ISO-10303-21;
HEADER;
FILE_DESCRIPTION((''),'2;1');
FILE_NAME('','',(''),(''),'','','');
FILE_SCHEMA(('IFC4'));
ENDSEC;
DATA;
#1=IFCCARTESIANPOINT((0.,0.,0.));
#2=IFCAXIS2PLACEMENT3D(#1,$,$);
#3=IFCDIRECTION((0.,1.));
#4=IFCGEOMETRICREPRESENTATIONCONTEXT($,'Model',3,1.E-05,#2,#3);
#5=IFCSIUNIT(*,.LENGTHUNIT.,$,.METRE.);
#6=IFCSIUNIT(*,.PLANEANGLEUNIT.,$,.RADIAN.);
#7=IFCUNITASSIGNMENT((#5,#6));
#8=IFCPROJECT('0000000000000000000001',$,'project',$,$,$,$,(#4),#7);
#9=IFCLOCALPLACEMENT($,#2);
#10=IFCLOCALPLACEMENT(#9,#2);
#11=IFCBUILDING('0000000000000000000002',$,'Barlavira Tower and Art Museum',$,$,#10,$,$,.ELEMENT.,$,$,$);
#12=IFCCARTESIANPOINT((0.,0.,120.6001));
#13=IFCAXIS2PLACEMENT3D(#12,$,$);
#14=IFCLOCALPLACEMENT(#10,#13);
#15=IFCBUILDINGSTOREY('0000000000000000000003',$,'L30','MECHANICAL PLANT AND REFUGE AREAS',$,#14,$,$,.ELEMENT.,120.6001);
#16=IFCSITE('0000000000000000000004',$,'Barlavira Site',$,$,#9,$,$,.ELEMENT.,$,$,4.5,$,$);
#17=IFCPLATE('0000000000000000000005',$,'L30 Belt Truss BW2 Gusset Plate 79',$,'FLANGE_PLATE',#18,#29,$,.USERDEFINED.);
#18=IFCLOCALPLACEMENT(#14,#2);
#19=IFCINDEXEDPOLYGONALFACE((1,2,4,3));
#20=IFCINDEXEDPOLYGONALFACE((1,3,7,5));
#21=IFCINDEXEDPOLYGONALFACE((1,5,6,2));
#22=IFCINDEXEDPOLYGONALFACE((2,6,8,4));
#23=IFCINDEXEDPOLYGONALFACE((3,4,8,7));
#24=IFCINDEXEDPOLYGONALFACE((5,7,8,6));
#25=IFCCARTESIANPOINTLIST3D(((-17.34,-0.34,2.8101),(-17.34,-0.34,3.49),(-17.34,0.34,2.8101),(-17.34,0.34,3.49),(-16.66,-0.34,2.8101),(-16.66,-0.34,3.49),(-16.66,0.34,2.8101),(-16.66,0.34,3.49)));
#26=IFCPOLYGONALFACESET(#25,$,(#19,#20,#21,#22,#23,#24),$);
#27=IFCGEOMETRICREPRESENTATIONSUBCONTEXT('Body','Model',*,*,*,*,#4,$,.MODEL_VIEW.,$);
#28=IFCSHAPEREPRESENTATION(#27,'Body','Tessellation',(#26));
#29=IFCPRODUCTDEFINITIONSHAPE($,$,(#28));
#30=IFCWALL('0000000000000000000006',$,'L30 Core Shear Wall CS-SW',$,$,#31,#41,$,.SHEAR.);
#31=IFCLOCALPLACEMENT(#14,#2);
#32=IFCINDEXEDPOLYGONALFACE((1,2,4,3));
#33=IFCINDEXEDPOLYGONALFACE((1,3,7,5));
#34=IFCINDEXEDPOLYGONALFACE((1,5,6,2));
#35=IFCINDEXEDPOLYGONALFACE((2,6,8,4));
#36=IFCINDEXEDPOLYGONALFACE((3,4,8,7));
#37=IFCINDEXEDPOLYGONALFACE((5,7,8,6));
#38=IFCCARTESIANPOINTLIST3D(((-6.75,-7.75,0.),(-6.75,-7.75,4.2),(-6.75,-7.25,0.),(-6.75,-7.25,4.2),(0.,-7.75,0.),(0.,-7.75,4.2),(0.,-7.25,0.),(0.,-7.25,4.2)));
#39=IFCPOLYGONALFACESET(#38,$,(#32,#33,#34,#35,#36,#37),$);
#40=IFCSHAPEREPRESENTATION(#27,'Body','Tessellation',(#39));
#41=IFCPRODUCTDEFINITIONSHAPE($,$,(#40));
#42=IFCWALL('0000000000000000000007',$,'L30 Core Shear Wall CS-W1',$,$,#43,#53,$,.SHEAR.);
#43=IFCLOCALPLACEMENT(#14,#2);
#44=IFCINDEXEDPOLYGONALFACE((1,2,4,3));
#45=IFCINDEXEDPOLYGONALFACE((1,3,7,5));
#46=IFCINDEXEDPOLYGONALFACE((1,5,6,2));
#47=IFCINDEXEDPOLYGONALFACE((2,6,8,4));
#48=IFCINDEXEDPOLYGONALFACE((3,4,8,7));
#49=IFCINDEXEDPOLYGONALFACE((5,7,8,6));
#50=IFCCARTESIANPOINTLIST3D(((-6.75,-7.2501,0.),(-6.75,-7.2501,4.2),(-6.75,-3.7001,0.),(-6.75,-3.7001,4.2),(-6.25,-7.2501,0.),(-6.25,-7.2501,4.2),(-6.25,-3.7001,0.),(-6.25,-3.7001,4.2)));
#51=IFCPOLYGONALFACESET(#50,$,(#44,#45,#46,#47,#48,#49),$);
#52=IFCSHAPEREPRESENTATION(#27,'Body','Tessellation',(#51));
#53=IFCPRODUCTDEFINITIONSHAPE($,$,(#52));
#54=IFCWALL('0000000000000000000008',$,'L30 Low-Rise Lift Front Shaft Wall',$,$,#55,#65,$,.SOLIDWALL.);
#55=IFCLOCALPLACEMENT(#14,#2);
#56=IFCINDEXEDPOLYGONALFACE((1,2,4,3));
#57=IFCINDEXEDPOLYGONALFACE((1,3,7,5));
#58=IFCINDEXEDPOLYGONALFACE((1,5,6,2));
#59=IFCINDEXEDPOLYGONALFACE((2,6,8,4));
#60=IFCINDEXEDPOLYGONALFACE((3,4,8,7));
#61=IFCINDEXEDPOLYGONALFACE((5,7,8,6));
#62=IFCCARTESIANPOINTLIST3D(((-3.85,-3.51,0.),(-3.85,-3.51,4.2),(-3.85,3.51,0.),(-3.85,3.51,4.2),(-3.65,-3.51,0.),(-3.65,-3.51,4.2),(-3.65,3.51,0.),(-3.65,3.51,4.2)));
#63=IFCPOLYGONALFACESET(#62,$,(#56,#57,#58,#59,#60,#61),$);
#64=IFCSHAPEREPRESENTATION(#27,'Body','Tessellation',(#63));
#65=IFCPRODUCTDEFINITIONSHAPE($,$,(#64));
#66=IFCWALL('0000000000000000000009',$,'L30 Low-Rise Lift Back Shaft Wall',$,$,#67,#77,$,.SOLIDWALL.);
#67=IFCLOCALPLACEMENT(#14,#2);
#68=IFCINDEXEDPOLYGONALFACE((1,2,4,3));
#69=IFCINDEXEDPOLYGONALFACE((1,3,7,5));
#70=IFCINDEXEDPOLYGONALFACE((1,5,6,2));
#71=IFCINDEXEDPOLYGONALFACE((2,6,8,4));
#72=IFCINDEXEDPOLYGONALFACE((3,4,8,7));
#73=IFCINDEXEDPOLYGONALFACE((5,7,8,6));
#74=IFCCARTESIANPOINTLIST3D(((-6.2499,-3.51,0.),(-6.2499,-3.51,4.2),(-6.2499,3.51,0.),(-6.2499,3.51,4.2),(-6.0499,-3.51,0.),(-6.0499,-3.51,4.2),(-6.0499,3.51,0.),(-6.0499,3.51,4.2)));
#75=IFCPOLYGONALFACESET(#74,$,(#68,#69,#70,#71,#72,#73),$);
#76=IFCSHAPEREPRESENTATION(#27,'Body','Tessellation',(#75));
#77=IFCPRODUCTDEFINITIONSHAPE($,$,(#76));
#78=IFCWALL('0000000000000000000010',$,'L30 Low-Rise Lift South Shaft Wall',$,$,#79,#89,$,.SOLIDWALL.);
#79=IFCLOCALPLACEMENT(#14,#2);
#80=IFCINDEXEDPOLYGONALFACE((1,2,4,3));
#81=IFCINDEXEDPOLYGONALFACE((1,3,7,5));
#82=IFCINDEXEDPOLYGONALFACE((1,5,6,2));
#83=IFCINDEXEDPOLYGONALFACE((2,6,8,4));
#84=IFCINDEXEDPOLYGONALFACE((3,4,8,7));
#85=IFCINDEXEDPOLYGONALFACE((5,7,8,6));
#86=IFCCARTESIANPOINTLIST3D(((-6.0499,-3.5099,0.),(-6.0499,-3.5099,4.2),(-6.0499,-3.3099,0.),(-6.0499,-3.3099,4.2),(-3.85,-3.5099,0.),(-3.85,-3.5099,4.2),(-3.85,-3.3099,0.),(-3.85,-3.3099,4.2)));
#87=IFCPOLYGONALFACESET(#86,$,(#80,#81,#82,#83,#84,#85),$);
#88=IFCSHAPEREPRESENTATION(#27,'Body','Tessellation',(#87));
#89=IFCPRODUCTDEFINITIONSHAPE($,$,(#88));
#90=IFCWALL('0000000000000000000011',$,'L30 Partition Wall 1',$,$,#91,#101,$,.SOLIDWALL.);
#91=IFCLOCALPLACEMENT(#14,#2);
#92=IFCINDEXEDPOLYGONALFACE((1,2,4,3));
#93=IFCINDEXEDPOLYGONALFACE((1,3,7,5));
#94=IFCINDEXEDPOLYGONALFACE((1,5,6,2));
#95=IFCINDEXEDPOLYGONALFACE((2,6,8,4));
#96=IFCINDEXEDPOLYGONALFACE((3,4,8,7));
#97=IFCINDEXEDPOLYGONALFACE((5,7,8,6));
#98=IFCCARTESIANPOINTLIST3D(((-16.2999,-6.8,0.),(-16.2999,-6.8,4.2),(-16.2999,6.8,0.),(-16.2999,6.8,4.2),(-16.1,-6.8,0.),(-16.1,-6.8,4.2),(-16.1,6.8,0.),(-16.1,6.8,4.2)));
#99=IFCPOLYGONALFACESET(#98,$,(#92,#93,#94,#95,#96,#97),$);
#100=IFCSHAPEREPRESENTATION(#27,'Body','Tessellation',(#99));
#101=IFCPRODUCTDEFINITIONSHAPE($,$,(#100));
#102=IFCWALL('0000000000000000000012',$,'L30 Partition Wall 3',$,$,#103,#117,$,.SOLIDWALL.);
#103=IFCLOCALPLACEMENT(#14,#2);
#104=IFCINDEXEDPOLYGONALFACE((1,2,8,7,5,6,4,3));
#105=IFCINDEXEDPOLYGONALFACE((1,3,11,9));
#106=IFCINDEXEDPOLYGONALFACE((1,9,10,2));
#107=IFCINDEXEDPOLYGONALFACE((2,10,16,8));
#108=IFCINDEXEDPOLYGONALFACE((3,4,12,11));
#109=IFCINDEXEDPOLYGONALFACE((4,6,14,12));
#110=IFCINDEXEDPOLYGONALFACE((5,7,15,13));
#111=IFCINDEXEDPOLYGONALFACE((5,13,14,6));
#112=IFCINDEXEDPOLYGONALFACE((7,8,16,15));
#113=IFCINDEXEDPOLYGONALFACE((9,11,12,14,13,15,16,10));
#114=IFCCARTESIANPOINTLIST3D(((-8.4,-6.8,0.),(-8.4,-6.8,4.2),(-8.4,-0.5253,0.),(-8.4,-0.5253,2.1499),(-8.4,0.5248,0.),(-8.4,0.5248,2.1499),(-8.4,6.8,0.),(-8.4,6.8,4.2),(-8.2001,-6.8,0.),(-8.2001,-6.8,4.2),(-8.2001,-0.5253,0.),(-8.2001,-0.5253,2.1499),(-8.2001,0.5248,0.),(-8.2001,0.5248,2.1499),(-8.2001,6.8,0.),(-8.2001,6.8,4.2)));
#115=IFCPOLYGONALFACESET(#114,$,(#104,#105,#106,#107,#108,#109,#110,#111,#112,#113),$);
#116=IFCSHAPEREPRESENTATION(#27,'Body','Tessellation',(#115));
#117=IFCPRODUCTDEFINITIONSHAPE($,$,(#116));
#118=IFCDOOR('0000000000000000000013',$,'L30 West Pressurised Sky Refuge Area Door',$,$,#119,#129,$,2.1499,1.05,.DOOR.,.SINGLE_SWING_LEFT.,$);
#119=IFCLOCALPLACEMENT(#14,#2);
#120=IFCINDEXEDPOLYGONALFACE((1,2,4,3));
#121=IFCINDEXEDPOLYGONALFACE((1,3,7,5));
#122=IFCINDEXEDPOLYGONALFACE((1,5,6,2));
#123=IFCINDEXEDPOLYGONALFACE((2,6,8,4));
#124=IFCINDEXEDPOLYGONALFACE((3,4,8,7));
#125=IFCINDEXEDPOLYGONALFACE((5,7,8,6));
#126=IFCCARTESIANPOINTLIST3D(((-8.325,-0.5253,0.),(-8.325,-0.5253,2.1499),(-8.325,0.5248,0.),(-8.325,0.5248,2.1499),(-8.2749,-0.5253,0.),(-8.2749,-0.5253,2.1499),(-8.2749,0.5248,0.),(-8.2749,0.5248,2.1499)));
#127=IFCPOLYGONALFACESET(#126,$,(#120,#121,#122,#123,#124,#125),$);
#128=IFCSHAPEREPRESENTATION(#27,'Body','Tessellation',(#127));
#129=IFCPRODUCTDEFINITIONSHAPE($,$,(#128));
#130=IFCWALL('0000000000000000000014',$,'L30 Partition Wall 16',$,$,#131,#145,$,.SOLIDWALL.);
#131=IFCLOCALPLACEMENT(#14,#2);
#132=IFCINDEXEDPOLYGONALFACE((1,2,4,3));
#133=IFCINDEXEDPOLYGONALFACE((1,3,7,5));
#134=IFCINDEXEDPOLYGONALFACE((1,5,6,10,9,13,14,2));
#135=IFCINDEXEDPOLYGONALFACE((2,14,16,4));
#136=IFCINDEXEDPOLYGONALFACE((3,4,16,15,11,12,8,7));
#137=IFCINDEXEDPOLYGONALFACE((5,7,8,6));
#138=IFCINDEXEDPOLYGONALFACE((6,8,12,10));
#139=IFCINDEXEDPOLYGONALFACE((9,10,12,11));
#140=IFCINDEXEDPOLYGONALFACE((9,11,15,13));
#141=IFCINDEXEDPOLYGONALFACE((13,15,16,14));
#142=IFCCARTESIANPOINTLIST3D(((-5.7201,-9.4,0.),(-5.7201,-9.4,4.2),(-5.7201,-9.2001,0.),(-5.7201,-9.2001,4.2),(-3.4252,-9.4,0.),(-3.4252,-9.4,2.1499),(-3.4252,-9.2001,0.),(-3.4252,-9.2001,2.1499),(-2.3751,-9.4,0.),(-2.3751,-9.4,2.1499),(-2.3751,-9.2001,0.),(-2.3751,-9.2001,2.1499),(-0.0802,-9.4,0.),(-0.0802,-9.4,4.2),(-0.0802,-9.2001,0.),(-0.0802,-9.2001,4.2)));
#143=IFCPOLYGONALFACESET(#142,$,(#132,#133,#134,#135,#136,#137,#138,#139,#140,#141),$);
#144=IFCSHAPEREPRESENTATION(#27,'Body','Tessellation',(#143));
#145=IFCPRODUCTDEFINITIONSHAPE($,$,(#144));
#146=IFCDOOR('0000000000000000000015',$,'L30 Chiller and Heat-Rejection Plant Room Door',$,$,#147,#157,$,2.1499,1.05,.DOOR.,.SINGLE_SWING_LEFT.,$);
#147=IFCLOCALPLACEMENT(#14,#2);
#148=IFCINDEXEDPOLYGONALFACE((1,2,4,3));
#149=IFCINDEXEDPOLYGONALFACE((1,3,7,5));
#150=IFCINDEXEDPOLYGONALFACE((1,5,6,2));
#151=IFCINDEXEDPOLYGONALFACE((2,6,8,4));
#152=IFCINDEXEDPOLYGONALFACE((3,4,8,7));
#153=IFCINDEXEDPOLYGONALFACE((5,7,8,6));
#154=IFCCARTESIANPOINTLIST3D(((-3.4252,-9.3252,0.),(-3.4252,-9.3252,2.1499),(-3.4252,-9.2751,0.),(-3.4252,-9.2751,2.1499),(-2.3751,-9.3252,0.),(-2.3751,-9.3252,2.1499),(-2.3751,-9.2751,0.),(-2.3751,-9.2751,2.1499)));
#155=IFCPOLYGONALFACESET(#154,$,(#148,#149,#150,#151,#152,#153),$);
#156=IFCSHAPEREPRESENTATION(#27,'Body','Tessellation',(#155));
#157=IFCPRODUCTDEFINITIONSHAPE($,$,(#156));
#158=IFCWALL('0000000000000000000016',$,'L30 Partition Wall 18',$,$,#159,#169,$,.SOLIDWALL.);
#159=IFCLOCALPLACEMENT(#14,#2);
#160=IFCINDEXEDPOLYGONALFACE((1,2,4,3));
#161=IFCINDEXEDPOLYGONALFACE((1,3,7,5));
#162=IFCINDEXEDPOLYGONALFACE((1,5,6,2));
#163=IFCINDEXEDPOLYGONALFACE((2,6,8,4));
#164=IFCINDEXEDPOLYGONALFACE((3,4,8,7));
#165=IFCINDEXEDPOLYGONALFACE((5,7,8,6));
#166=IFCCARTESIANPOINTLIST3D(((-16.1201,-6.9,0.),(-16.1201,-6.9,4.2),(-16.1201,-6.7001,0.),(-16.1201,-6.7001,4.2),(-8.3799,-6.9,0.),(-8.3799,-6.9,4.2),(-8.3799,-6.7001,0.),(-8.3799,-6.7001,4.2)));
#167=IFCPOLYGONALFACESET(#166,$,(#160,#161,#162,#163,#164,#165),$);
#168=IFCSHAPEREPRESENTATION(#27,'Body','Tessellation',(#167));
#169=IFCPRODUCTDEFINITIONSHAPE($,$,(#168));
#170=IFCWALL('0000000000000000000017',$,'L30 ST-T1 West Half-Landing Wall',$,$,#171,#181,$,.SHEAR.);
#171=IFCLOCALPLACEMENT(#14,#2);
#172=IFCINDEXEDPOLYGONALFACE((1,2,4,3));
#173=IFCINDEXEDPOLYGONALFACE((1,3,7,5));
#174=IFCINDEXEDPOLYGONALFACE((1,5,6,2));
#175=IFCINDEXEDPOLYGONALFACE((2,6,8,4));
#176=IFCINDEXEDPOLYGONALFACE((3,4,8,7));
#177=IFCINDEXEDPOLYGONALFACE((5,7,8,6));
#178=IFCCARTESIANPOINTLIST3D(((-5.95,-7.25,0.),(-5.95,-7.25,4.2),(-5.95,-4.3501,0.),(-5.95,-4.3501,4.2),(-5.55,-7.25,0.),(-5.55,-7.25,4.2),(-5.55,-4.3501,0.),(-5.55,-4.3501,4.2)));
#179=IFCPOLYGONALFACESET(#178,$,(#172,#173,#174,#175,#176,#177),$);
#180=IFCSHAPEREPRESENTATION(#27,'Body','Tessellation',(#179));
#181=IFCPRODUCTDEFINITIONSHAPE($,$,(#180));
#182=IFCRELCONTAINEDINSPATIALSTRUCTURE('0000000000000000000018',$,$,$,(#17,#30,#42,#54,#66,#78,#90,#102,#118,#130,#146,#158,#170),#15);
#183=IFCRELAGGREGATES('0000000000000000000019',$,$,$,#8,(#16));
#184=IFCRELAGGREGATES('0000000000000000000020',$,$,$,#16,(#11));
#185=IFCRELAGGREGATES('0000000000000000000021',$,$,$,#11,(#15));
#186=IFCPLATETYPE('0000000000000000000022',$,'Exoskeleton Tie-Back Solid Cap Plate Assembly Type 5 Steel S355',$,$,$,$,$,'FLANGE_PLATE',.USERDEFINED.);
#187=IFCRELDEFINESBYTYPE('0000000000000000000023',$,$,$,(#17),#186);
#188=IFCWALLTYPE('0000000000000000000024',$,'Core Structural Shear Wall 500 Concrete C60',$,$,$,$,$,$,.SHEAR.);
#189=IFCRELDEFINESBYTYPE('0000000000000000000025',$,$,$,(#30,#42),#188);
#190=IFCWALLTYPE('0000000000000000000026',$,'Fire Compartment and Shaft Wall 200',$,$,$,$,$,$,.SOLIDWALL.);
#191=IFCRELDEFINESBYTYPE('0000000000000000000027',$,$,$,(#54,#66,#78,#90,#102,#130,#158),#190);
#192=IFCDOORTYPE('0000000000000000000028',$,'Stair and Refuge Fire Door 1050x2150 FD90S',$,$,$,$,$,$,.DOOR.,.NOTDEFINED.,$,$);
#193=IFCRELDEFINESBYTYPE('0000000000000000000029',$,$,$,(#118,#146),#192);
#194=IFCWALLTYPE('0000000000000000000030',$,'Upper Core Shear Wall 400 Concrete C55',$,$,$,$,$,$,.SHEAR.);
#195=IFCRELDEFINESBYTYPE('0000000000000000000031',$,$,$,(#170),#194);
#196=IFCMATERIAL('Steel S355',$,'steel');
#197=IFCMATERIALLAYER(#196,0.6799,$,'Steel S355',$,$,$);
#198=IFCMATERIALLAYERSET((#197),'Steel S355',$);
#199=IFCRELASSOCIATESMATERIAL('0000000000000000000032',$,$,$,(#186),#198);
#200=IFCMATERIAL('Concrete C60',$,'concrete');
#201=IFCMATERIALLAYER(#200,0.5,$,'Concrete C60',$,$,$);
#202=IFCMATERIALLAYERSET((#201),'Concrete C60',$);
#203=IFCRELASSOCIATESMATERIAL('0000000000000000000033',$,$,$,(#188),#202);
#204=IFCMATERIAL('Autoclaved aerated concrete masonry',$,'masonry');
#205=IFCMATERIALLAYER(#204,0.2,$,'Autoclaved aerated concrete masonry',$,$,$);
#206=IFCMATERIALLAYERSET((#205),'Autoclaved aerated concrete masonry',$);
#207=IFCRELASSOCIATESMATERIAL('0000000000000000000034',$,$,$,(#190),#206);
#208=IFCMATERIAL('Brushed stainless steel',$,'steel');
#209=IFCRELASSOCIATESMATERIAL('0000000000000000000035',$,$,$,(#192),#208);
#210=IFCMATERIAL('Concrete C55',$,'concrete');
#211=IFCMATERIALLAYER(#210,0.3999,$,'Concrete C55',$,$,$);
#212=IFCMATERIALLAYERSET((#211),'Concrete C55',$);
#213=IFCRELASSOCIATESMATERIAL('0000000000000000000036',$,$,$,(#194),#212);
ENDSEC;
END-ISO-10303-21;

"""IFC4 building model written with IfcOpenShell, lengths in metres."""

from ifc_helpers import new_model, si_unit, direction, frame, frame_2d, origin, origin_2d, place, context, subcontext, project, spatial, rectangle, extrude, material, layer, layer_set, type_object, element, fill, save


model = new_model("IFC4")

# Units and contexts
model_context = context("Model", 3, precision=1e-05, world=origin(), true_north=direction((0.0, 1.0)))
body_context = subcontext(model_context, "Body", "Model", "MODEL_VIEW")
ifc_project = project(units=[si_unit("LENGTHUNIT", "METRE"), si_unit("PLANEANGLEUNIT", "RADIAN")], contexts=[model_context])

# Site, building, storey
site_placement = place(None, origin())
site = spatial("IfcSite", under=ifc_project, at=site_placement, Name="Barlavira Site", CompositionType="ELEMENT", RefElevation=4.5)
building_placement = place(site_placement, origin())
building = spatial("IfcBuilding", under=site, at=building_placement, Name="Barlavira Tower and Art Museum", CompositionType="ELEMENT")
storey_placement = place(building_placement, frame((0.0, 0.0, 120.6001)))
storey = spatial("IfcBuildingStorey", under=building, at=storey_placement, Name="L30", Description="MECHANICAL PLANT AND REFUGE AREAS", CompositionType="ELEMENT", Elevation=120.6001)

# Shared definitions
ifc_material_1 = material(Name="Steel S355", Category="steel")

# Plate
ifc_layer_1 = layer(ifc_material_1, 0.6799, Name="Steel S355")
ifc_layer_set_1 = layer_set([ifc_layer_1], Name="Steel S355")
plate_type = type_object("IfcPlateType", Name="Exoskeleton Tie-Back Solid Cap Plate Assembly Type 5 Steel S355", ElementType="FLANGE_PLATE", PredefinedType="USERDEFINED", material=ifc_layer_set_1)
plate_placement = place(storey_placement, frame((-17.0, 0.0, 2.8101), z_axis=(0.0, 0.0, 1.0), x_axis=(1.0, 0.0, 0.0)))
element("IfcPlate", 1, at=plate_placement, inside=storey, type_object=plate_type, Name="L30 Belt Truss BW2 Gusset Plate 79", ObjectType="FLANGE_PLATE", PredefinedType="USERDEFINED", context=body_context, shape_type="SweptSolid", body=[
    extrude(rectangle(XDim=0.6799, YDim=0.6799, at=origin_2d()), origin(), (0.0, 0.0, 1.0), 0.6799),
])

# Walls
ifc_material_2 = material(Name="Concrete C60", Category="concrete")
ifc_layer_2 = layer(ifc_material_2, 0.5, Name="Concrete C60")
ifc_layer_set_2 = layer_set([ifc_layer_2], Name="Concrete C60")
wall_type_1 = type_object("IfcWallType", Name="Core Structural Shear Wall 500 Concrete C60", PredefinedType="SHEAR", material=ifc_layer_set_2)
wall_1_placement = place(storey_placement, frame((-6.75, -7.5, 0.0), z_axis=(0.0, 0.0, 1.0), x_axis=(1.0, 0.0, 0.0)))
element("IfcWall", 2, at=wall_1_placement, inside=storey, type_object=wall_type_1, Name="L30 Core Shear Wall CS-SW", PredefinedType="SHEAR", context=body_context, shape_type="SweptSolid", body=[
    extrude(rectangle(XDim=6.75, YDim=0.5, at=frame_2d((3.375, 0.0))), origin(), (0.0, 0.0, 1.0), 4.2),
])
wall_2_placement = place(storey_placement, frame((-6.5, -7.25, 0.0), z_axis=(0.0, 0.0, 1.0), x_axis=(0.0, 1.0, 0.0)))
element("IfcWall", 3, at=wall_2_placement, inside=storey, type_object=wall_type_1, Name="L30 Core Shear Wall CS-W1", PredefinedType="SHEAR", context=body_context, shape_type="SweptSolid", body=[
    extrude(rectangle(XDim=3.55, YDim=0.5, at=frame_2d((1.7749, 0.0))), origin(), (0.0, 0.0, 1.0), 4.2),
])
ifc_material_3 = material(Name="Autoclaved aerated concrete masonry", Category="masonry")
ifc_layer_3 = layer(ifc_material_3, 0.2, Name="Autoclaved aerated concrete masonry")
ifc_layer_set_3 = layer_set([ifc_layer_3], Name="Autoclaved aerated concrete masonry")
wall_type_2 = type_object("IfcWallType", Name="Fire Compartment and Shaft Wall 200", PredefinedType="SOLIDWALL", material=ifc_layer_set_3)
for number, where, z_axis, x_axis, name in (
    (4, (-3.75, -3.51, 0.0), (0.0, 0.0, 1.0), (0.0, 1.0, 0.0), "L30 Low-Rise Lift Front Shaft Wall"),
    (5, (-6.1499, -3.51, 0.0), (0.0, 0.0, 1.0), (0.0, 1.0, 0.0), "L30 Low-Rise Lift Back Shaft Wall"),
):
    element("IfcWall", number, at=place(storey_placement, frame(where, z_axis=z_axis, x_axis=x_axis)), inside=storey, type_object=wall_type_2, Name=name, PredefinedType="SOLIDWALL", context=body_context, shape_type="SweptSolid", body=[
        extrude(rectangle(XDim=7.02, YDim=0.2, at=frame_2d((3.51, 0.0))), origin(), (0.0, 0.0, 1.0), 4.2),
    ])
wall_3_placement = place(storey_placement, frame((-6.05, -3.4099, 0.0), z_axis=(0.0, 0.0, 1.0), x_axis=(1.0, 0.0, 0.0)))
element("IfcWall", 6, at=wall_3_placement, inside=storey, type_object=wall_type_2, Name="L30 Low-Rise Lift South Shaft Wall", PredefinedType="SOLIDWALL", context=body_context, shape_type="SweptSolid", body=[
    extrude(rectangle(XDim=2.2, YDim=0.2, at=frame_2d((1.1001, 0.0))), origin(), (0.0, 0.0, 1.0), 4.2),
])
wall_4_placement = place(storey_placement, frame((-16.2, -6.8, 0.0), z_axis=(0.0, 0.0, 1.0), x_axis=(0.0, 1.0, 0.0)))
element("IfcWall", 7, at=wall_4_placement, inside=storey, type_object=wall_type_2, Name="L30 Partition Wall 1", PredefinedType="SOLIDWALL", context=body_context, shape_type="SweptSolid", body=[
    extrude(rectangle(XDim=13.6001, YDim=0.2, at=frame_2d((6.8, 0.0))), origin(), (0.0, 0.0, 1.0), 4.2),
])

# Walls, openings, doors
wall_5_placement = place(storey_placement, frame((-8.3, -6.8, 0.0), z_axis=(0.0, 0.0, 1.0), x_axis=(0.0, 1.0, 0.0)))
wall_5 = element("IfcWall", 8, at=wall_5_placement, inside=storey, type_object=wall_type_2, Name="L30 Partition Wall 3", PredefinedType="SOLIDWALL", context=body_context, shape_type="SweptSolid", body=[
    extrude(rectangle(XDim=13.6001, YDim=0.2, at=frame_2d((6.8, 0.0))), origin(), (0.0, 0.0, 1.0), 4.2),
])
opening_1_placement = place(wall_5_placement, frame((6.2749, 0.0, 0.0)))
opening_1 = element("IfcOpeningElement", 9, at=opening_1_placement, cuts=wall_5, PredefinedType="OPENING", context=body_context, shape_type="SweptSolid", body=[
    extrude(rectangle(XDim=1.05, YDim=2.1499, at=frame_2d((0.5249, 1.075))), frame((0.0, 0.1099, 0.0), z_axis=(0.0, -1.0, 0.0), x_axis=(1.0, 0.0, 0.0)), (0.0, 0.0, 1.0), 0.22),
])
ifc_material_4 = material(Name="Brushed stainless steel", Category="steel")
door_type = type_object("IfcDoorType", Name="Stair and Refuge Fire Door 1050x2150 FD90S", OperationType="NOTDEFINED", PredefinedType="DOOR", material=ifc_material_4)
door_1_placement = place(opening_1_placement, origin())
door_1 = element("IfcDoor", 10, at=door_1_placement, inside=storey, type_object=door_type, Name="L30 West Pressurised Sky Refuge Area Door", OperationType="SINGLE_SWING_LEFT", OverallHeight=2.1499, OverallWidth=1.05, PredefinedType="DOOR", context=body_context, shape_type="SweptSolid", body=[
    extrude(rectangle(XDim=1.05, YDim=2.1499, at=frame_2d((0.5249, 1.075))), frame((0.0, 0.0249, 0.0), z_axis=(0.0, -1.0, 0.0), x_axis=(1.0, 0.0, 0.0)), (0.0, 0.0, 1.0), 0.05),
])
fill(opening_1, door_1)
wall_6_placement = place(storey_placement, frame((-5.72, -9.3, 0.0), z_axis=(0.0, 0.0, 1.0), x_axis=(1.0, 0.0, 0.0)))
wall_6 = element("IfcWall", 11, at=wall_6_placement, inside=storey, type_object=wall_type_2, Name="L30 Partition Wall 16", PredefinedType="SOLIDWALL", context=body_context, shape_type="SweptSolid", body=[
    extrude(rectangle(XDim=5.6399, YDim=0.2, at=frame_2d((2.8198, 0.0))), origin(), (0.0, 0.0, 1.0), 4.2),
])
opening_2_placement = place(wall_6_placement, frame((2.2949, 0.0, 0.0)))
opening_2 = element("IfcOpeningElement", 12, at=opening_2_placement, cuts=wall_6, PredefinedType="OPENING", context=body_context, shape_type="SweptSolid", body=[
    extrude(rectangle(XDim=1.05, YDim=2.1499, at=frame_2d((0.5249, 1.075))), frame((0.0, 0.1099, 0.0), z_axis=(0.0, -1.0, 0.0), x_axis=(1.0, 0.0, 0.0)), (0.0, 0.0, 1.0), 0.22),
])
door_2_placement = place(opening_2_placement, origin())
door_2 = element("IfcDoor", 13, at=door_2_placement, inside=storey, type_object=door_type, Name="L30 Chiller and Heat-Rejection Plant Room Door", OperationType="SINGLE_SWING_LEFT", OverallHeight=2.1499, OverallWidth=1.05, PredefinedType="DOOR", context=body_context, shape_type="SweptSolid", body=[
    extrude(rectangle(XDim=1.05, YDim=2.1499, at=frame_2d((0.5249, 1.075))), frame((0.0, 0.0249, 0.0), z_axis=(0.0, -1.0, 0.0), x_axis=(1.0, 0.0, 0.0)), (0.0, 0.0, 1.0), 0.05),
])
fill(opening_2, door_2)

# Walls
wall_7_placement = place(storey_placement, frame((-16.1201, -6.8, 0.0), z_axis=(0.0, 0.0, 1.0), x_axis=(1.0, 0.0, 0.0)))
element("IfcWall", 14, at=wall_7_placement, inside=storey, type_object=wall_type_2, Name="L30 Partition Wall 18", PredefinedType="SOLIDWALL", context=body_context, shape_type="SweptSolid", body=[
    extrude(rectangle(XDim=7.7402, YDim=0.2, at=frame_2d((3.8701, 0.0))), origin(), (0.0, 0.0, 1.0), 4.2),
])
ifc_material_5 = material(Name="Concrete C55", Category="concrete")
ifc_layer_4 = layer(ifc_material_5, 0.3999, Name="Concrete C55")
ifc_layer_set_4 = layer_set([ifc_layer_4], Name="Concrete C55")
wall_type_3 = type_object("IfcWallType", Name="Upper Core Shear Wall 400 Concrete C55", PredefinedType="SHEAR", material=ifc_layer_set_4)
wall_8_placement = place(storey_placement, frame((-5.75, -7.25, 0.0), z_axis=(0.0, 0.0, 1.0), x_axis=(0.0, 1.0, 0.0)))
element("IfcWall", 15, at=wall_8_placement, inside=storey, type_object=wall_type_3, Name="L30 ST-T1 West Half-Landing Wall", PredefinedType="SHEAR", context=body_context, shape_type="SweptSolid", body=[
    extrude(rectangle(XDim=2.8999, YDim=0.3999, at=frame_2d((1.45, 0.0))), origin(), (0.0, 0.0, 1.0), 4.2),
])

save(model, "model.ifc")
